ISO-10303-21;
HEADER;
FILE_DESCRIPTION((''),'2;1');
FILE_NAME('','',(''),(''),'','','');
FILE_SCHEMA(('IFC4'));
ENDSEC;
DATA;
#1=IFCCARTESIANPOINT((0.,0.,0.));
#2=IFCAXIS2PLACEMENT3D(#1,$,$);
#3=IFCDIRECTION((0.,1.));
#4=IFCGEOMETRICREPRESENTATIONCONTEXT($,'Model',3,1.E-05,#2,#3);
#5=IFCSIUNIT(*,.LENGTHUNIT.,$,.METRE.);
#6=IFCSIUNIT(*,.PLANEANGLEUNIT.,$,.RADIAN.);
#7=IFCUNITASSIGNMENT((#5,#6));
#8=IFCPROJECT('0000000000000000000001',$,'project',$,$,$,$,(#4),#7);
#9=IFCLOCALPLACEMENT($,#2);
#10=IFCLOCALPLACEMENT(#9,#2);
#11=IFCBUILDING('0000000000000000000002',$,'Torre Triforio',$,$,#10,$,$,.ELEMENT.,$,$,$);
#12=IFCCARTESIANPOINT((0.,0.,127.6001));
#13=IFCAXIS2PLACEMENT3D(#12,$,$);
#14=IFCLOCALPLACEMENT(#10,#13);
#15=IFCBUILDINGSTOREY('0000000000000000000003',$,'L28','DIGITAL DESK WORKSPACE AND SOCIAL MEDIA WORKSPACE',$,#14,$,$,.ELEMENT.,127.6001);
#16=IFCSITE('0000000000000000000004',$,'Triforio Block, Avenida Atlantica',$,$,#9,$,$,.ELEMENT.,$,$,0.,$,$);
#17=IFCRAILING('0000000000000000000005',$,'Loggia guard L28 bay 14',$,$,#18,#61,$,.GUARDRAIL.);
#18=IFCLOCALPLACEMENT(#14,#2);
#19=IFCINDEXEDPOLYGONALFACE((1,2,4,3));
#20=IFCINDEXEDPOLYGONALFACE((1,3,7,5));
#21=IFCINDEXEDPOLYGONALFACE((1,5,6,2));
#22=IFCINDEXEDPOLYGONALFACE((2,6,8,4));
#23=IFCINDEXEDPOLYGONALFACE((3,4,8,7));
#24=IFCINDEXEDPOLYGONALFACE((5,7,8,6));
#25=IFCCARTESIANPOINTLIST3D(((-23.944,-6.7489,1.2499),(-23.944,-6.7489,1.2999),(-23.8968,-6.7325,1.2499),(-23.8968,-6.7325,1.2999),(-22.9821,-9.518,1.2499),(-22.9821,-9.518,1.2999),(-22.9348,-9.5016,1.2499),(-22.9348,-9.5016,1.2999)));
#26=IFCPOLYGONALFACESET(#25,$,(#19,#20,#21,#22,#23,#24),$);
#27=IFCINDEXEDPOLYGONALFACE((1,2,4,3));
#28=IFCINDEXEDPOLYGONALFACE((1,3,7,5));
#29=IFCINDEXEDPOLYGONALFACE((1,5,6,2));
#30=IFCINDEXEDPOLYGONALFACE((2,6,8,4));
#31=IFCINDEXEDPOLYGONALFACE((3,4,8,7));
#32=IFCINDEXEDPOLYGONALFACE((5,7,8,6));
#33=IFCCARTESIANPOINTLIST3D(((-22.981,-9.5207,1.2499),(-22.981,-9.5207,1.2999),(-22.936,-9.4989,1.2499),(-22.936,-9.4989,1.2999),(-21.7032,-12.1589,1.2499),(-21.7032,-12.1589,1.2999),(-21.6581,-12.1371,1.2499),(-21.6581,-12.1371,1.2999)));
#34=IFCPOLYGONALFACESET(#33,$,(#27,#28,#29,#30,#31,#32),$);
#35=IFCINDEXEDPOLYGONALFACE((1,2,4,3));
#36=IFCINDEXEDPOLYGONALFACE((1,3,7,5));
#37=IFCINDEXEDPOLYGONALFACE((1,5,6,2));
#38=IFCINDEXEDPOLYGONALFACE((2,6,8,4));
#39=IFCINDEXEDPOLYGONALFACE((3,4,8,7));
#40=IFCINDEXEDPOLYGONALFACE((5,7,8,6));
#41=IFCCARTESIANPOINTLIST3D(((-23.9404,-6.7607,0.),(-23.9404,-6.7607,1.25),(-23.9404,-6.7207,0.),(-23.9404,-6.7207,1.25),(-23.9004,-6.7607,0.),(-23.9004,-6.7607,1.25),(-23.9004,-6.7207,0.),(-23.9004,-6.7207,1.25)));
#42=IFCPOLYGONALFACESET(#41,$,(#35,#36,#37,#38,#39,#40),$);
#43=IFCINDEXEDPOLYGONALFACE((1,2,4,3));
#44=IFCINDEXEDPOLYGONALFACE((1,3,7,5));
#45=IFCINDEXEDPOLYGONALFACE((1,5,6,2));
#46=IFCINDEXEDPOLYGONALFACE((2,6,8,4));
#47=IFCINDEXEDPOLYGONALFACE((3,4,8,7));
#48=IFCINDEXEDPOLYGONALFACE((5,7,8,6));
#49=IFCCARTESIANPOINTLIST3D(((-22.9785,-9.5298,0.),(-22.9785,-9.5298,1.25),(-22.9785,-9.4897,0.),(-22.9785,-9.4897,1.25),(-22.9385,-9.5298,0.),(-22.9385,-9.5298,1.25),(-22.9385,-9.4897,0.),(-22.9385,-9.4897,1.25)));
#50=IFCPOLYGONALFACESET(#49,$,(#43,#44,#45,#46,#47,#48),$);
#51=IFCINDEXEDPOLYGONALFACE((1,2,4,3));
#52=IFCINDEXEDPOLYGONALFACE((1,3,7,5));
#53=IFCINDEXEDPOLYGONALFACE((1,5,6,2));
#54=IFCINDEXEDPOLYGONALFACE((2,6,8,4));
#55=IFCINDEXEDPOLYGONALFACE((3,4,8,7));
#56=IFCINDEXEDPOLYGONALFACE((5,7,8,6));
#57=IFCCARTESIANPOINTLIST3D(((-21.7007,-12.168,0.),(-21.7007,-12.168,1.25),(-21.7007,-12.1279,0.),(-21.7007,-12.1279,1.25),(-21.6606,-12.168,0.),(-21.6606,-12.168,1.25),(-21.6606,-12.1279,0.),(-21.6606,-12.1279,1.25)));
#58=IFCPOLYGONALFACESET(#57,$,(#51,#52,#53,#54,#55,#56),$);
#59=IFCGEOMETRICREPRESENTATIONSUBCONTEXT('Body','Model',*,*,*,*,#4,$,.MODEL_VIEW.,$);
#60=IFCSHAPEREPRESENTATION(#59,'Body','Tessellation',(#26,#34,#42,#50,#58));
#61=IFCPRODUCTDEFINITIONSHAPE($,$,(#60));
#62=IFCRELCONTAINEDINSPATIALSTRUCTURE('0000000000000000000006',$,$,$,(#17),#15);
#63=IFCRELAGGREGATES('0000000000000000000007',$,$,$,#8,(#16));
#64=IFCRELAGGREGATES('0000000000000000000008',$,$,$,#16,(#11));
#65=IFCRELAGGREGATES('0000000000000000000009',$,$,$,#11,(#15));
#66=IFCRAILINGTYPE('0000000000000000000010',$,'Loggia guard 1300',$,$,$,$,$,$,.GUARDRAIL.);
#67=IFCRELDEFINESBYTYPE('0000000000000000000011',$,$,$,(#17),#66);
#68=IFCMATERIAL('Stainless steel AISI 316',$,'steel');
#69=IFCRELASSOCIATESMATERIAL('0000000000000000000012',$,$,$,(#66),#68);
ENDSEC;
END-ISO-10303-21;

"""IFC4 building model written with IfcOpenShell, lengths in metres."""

from ifc_helpers import new_model, si_unit, direction, frame, origin, origin_2d, place, context, subcontext, project, spatial, rectangle, extrude, material, type_object, element, save


model = new_model("IFC4")

# Units and contexts
model_context = context("Model", 3, precision=1e-05, world=origin(), true_north=direction((0.0, 1.0)))
body_context = subcontext(model_context, "Body", "Model", "MODEL_VIEW")
ifc_project = project(units=[si_unit("LENGTHUNIT", "METRE"), si_unit("PLANEANGLEUNIT", "RADIAN")], contexts=[model_context])

# Site, building, storey
site_placement = place(None, origin())
site = spatial("IfcSite", under=ifc_project, at=site_placement, Name="Triforio Block, Avenida Atlantica", CompositionType="ELEMENT", RefElevation=0.0)
building_placement = place(site_placement, origin())
building = spatial("IfcBuilding", under=site, at=building_placement, Name="Torre Triforio", CompositionType="ELEMENT")
storey_placement = place(building_placement, frame((0.0, 0.0, 127.6001)))
storey = spatial("IfcBuildingStorey", under=building, at=storey_placement, Name="L28", Description="DIGITAL DESK WORKSPACE AND SOCIAL MEDIA WORKSPACE", CompositionType="ELEMENT", Elevation=127.6001)

# Railing
ifc_material_1 = material(Name="Stainless steel AISI 316", Category="steel")
railing_type = type_object("IfcRailingType", Name="Loggia guard 1300", PredefinedType="GUARDRAIL", material=ifc_material_1)
railing_1_placement = place(storey_placement, frame((-23.9204, -6.7407, 0.0)))
element("IfcRailing", 1, at=railing_1_placement, inside=storey, type_object=railing_type, Name="Loggia guard L28 bay 14", PredefinedType="GUARDRAIL", context=body_context, shape_type="SweptSolid", body=[
    extrude(rectangle(XDim=0.05, YDim=0.05, at=origin_2d()), frame((0.0, 0.0, 1.2749), z_axis=(0.328146, -0.944627, 0.0), x_axis=(0.944627, 0.328146, 0.0)), (0.0, 0.0, 1.0), 2.9314),
    extrude(rectangle(XDim=0.05, YDim=0.05, at=origin_2d()), frame((0.9619, -2.769, 1.2749), z_axis=(0.435918, -0.899986, 0.0), x_axis=(0.899986, 0.435918, 0.0)), (0.0, 0.0, 1.0), 2.9314),
    extrude(rectangle(XDim=0.04, YDim=0.04, at=origin_2d()), origin(), (0.0, 0.0, 1.0), 1.25),
    extrude(rectangle(XDim=0.04, YDim=0.04, at=origin_2d()), frame((0.9619, -2.769, 0.0)), (0.0, 0.0, 1.0), 1.25),
    extrude(rectangle(XDim=0.04, YDim=0.04, at=origin_2d()), frame((2.2397, -5.4072, 0.0)), (0.0, 0.0, 1.0), 1.25),
])

save(model, "model.ifc")
